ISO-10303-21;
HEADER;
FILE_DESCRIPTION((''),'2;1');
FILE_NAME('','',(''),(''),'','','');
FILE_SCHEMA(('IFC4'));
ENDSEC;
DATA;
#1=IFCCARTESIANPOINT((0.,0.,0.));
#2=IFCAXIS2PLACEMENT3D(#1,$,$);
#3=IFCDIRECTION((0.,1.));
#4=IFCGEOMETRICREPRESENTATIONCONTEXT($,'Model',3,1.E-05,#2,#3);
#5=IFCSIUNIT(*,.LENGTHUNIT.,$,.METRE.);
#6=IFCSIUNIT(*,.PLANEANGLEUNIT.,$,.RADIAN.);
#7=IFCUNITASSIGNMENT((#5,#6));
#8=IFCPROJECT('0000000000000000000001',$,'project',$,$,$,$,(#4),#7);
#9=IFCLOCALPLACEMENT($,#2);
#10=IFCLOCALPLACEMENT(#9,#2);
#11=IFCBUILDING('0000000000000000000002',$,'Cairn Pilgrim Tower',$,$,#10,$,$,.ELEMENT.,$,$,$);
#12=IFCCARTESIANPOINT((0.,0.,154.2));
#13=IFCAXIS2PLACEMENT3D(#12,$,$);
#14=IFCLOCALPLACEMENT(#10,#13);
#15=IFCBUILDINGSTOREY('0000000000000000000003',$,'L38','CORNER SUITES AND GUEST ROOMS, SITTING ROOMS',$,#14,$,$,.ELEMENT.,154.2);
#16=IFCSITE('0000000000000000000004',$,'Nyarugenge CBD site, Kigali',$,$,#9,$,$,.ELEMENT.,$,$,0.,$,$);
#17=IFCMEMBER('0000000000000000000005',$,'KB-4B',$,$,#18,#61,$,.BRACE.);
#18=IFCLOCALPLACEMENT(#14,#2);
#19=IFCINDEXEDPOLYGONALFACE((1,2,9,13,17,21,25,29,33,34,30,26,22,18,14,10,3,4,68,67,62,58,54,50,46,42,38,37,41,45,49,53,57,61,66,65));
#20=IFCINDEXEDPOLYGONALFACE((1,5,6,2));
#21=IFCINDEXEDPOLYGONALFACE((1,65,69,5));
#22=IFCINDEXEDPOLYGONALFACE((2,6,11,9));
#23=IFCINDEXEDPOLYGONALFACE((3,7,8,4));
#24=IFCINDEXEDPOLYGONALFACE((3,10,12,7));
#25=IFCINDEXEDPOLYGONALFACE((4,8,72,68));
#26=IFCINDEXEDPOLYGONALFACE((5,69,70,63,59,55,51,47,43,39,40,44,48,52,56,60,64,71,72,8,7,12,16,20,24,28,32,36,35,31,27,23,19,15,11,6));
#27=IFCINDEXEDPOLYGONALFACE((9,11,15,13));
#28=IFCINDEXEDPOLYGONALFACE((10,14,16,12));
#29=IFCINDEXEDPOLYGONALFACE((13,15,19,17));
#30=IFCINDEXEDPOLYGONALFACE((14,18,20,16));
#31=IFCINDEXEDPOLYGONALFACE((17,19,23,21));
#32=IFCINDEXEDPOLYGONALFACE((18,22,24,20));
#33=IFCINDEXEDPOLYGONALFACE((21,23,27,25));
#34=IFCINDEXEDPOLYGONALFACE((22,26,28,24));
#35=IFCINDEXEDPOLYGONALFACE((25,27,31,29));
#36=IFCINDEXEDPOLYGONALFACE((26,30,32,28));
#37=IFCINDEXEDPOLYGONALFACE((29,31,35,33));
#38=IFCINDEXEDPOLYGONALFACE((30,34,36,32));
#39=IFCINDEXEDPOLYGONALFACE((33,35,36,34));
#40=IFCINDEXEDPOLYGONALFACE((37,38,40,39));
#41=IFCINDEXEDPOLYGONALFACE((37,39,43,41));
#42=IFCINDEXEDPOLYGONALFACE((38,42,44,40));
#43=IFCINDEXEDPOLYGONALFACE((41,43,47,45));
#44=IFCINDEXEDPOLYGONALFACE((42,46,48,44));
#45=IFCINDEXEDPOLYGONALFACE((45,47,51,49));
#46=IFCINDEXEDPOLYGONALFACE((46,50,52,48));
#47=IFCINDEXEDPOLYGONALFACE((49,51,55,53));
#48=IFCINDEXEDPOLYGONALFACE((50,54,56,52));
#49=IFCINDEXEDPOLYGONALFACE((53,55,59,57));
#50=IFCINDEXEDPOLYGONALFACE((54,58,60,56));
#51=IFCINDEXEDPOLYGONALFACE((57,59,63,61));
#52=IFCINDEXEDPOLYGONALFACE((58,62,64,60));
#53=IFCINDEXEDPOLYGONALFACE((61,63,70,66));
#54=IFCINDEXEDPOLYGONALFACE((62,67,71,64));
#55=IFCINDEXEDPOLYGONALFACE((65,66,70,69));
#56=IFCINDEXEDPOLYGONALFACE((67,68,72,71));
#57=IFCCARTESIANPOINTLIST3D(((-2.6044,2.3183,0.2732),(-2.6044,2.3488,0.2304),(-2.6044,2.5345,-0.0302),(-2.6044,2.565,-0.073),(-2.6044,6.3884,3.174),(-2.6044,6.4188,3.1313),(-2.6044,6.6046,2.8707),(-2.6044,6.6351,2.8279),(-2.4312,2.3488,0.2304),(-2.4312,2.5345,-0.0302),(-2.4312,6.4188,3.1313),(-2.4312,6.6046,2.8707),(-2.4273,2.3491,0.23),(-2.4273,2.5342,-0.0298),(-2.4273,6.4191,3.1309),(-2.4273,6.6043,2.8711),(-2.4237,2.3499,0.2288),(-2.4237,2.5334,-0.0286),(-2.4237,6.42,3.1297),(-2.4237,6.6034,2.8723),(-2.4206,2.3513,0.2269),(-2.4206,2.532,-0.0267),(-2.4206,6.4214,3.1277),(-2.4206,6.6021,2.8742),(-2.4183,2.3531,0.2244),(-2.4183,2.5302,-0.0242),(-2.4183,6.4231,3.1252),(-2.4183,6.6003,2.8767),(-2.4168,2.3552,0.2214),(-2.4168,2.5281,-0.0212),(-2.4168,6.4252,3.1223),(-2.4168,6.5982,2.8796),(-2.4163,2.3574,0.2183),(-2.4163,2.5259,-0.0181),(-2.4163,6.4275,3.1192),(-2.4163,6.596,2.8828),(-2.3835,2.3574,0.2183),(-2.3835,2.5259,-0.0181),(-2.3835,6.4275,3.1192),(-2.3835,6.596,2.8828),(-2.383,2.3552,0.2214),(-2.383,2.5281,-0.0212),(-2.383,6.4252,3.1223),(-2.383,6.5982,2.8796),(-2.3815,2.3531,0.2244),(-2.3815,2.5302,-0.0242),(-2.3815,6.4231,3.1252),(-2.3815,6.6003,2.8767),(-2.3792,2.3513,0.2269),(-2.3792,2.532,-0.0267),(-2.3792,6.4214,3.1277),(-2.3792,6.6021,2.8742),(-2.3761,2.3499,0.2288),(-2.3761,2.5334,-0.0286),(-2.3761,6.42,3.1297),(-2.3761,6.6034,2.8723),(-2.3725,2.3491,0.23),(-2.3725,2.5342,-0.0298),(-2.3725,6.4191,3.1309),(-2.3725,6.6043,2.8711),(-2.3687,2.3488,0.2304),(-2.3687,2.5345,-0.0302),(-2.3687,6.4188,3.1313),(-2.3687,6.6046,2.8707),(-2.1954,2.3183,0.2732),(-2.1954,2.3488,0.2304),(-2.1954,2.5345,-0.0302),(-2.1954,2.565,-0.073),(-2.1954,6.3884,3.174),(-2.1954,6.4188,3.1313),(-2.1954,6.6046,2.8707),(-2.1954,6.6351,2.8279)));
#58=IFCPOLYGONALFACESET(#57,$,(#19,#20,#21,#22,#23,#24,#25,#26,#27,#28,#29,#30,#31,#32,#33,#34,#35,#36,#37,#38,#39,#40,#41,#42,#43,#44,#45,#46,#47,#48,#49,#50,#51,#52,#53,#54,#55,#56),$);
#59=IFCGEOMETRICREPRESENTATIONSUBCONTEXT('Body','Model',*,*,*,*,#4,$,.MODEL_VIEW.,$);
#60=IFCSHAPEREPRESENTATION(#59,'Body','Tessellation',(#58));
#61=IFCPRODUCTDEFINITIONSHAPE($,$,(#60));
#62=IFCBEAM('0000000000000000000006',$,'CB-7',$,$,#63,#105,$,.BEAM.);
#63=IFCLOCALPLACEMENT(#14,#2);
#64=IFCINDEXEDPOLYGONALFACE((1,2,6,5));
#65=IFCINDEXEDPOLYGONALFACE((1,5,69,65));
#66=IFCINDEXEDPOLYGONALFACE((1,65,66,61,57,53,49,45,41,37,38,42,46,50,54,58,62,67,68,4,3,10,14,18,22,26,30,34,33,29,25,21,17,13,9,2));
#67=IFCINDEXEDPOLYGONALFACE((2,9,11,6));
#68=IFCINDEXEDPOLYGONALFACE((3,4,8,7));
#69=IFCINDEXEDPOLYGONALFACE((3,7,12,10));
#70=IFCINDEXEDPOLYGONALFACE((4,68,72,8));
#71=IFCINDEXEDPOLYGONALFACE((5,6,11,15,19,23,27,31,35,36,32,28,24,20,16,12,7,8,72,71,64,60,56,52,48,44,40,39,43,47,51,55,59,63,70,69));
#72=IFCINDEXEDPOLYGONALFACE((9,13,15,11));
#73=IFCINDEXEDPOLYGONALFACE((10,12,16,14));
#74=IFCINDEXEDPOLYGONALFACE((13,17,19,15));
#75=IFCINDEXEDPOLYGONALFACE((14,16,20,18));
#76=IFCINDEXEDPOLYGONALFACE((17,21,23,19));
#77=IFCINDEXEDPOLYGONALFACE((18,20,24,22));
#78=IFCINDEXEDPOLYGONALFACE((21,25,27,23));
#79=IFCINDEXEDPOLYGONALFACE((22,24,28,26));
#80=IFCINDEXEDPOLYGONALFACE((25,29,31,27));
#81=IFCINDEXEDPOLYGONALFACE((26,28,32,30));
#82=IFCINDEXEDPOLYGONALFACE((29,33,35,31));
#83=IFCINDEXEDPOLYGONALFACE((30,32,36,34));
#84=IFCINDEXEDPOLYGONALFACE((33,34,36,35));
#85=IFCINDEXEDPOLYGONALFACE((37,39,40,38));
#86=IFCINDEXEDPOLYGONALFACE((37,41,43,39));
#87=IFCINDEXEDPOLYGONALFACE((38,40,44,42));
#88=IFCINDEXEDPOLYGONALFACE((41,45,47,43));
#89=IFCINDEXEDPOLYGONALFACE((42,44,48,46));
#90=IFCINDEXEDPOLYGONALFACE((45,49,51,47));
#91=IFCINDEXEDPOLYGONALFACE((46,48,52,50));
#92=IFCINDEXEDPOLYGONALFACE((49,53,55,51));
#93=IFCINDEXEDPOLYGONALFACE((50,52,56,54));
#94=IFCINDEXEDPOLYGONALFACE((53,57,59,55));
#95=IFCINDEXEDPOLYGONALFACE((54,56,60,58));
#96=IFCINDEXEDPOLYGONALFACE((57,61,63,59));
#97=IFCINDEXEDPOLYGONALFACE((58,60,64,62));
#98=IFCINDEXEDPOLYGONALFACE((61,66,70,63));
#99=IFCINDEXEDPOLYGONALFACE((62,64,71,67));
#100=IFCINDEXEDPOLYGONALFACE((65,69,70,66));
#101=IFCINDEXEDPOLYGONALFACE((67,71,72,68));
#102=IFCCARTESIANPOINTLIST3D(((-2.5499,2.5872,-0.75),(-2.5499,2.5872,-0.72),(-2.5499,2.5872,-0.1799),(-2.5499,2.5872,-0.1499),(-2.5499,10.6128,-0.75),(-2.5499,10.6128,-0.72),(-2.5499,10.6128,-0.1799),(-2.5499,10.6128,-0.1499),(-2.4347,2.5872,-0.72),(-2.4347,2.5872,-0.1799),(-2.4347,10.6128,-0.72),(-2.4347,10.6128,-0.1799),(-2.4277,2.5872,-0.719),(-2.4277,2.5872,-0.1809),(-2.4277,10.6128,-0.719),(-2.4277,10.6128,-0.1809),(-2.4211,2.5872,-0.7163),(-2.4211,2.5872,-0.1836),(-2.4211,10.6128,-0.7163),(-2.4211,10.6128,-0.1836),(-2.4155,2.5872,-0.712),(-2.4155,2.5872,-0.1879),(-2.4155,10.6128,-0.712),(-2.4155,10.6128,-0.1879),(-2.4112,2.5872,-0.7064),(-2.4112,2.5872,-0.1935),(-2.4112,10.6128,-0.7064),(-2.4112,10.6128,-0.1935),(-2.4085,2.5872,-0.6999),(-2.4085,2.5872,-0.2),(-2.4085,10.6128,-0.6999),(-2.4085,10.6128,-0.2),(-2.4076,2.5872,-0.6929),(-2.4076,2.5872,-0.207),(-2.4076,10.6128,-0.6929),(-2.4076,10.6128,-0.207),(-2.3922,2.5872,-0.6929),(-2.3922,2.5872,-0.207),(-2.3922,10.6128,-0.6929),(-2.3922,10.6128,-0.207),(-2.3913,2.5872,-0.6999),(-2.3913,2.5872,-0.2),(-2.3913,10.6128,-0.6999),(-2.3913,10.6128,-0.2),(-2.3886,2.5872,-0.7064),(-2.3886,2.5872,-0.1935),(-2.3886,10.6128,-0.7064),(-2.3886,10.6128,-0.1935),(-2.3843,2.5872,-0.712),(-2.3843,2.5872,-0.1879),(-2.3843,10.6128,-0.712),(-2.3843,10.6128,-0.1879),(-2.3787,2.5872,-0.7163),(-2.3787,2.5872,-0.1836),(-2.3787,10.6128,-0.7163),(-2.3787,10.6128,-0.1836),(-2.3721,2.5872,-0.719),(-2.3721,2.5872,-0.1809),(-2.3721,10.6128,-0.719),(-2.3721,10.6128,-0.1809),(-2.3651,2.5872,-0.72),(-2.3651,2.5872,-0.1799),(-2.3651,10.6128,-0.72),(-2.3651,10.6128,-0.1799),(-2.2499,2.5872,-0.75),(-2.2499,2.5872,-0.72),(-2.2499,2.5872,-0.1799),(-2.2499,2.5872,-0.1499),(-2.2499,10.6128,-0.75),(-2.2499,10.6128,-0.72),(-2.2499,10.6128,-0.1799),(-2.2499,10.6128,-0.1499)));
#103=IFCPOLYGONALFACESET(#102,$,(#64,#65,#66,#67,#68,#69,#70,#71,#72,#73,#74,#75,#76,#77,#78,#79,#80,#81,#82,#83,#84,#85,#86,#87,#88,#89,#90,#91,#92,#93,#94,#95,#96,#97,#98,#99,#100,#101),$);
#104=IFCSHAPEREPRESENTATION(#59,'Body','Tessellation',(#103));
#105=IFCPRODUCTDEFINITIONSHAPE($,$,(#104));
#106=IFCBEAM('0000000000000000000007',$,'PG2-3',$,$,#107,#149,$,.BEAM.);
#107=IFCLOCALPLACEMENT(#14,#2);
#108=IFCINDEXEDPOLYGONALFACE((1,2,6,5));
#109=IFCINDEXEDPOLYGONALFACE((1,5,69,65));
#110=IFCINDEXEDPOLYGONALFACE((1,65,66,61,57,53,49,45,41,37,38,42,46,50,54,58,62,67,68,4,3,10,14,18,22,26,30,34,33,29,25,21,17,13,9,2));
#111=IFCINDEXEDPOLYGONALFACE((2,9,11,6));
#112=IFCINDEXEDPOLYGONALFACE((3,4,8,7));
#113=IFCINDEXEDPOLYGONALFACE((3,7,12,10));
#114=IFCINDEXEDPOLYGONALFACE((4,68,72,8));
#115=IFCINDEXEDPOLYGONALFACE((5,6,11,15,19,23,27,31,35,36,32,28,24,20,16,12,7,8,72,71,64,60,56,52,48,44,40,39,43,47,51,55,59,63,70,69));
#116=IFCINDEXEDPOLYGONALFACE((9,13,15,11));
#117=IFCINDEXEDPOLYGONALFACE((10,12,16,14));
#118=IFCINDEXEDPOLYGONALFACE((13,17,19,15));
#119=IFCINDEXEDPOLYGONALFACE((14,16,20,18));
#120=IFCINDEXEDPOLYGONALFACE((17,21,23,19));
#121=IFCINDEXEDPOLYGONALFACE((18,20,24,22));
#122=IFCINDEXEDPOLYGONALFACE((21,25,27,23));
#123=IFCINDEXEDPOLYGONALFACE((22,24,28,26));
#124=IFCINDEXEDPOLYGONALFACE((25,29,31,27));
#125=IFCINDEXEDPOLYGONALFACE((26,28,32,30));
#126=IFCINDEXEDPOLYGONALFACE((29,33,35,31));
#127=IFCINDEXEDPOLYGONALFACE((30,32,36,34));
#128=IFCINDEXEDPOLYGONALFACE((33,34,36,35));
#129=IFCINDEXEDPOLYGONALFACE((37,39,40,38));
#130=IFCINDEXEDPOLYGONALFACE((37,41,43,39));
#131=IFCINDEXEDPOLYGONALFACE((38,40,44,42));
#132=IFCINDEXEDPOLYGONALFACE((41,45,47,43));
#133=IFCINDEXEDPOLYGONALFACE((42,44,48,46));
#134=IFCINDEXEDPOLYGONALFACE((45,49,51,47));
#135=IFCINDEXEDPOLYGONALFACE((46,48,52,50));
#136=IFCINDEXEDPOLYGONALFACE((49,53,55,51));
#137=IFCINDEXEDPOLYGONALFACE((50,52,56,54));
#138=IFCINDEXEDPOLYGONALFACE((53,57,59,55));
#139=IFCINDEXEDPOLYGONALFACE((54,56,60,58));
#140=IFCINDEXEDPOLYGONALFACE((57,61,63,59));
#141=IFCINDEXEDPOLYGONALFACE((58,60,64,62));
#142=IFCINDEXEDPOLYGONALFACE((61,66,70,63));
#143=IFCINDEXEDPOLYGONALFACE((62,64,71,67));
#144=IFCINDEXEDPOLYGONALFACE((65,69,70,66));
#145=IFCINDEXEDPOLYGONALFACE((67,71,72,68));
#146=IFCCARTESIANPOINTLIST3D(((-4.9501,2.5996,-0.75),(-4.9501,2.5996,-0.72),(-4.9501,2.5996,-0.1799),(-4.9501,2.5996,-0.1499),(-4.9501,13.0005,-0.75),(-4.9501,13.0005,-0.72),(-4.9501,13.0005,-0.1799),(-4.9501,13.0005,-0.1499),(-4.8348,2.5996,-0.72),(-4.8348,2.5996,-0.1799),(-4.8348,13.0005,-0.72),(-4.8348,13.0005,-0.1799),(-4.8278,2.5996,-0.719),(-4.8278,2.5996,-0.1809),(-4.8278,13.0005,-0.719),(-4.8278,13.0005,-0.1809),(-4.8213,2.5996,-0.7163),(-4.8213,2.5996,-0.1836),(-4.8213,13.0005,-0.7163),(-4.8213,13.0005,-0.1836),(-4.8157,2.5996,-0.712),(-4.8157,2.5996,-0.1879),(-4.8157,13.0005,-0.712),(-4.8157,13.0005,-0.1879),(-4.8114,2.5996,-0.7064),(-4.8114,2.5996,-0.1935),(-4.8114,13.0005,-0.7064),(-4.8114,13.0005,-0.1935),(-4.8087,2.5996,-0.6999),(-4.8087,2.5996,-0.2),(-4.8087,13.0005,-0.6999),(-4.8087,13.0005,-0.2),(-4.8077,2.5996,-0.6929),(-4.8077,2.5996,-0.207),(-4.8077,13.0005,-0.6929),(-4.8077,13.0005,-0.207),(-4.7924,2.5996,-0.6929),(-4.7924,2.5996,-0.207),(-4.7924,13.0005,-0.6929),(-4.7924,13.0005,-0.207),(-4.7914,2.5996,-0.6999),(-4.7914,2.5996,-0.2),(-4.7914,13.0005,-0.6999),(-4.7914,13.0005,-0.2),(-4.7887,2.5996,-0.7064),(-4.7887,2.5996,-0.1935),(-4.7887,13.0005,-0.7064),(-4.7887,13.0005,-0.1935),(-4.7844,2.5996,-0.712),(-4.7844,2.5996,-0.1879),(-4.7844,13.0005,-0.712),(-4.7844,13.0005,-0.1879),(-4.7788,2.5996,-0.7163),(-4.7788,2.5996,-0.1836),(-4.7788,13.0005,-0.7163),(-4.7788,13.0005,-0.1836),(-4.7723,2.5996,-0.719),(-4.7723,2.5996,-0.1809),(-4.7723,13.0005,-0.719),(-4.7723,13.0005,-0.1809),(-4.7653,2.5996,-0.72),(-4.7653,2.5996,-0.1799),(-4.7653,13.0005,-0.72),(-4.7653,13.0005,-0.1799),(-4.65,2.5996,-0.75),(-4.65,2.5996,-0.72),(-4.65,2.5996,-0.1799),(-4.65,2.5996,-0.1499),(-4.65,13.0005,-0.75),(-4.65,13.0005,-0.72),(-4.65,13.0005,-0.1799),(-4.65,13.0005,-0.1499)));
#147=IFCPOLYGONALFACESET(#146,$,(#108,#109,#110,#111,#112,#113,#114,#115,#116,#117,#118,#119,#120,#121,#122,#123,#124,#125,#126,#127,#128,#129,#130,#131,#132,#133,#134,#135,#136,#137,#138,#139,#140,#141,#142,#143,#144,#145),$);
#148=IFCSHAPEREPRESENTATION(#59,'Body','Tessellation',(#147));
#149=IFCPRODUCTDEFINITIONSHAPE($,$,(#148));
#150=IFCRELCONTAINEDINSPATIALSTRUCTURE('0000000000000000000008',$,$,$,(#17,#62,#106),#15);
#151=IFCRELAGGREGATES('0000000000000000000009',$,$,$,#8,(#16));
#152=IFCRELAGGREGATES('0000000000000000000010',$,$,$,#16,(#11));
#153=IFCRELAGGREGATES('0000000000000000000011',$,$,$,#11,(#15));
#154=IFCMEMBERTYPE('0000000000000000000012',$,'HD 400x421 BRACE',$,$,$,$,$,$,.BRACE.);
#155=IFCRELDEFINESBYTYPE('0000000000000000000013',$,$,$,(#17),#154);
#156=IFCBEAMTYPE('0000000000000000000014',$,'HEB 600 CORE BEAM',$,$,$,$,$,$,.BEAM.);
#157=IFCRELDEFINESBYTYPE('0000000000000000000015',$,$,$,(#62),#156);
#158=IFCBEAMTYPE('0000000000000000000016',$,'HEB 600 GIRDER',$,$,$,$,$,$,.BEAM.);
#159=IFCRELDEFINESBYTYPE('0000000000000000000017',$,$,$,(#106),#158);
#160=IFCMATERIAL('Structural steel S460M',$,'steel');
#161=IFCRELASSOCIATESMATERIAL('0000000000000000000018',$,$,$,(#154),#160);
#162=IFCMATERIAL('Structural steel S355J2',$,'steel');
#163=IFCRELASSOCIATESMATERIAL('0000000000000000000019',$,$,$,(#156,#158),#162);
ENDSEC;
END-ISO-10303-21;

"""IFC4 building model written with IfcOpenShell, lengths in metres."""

from ifc_helpers import new_model, si_unit, direction, frame, origin, origin_2d, place, context, subcontext, project, spatial, i_section, extrude, material, material_profile, profile_set, type_object, element, save


model = new_model("IFC4")

# Units and contexts
model_context = context("Model", 3, precision=1e-05, world=origin(), true_north=direction((0.0, 1.0)))
body_context = subcontext(model_context, "Body", "Model", "MODEL_VIEW")
ifc_project = project(units=[si_unit("LENGTHUNIT", "METRE"), si_unit("PLANEANGLEUNIT", "RADIAN")], contexts=[model_context])

# Site, building, storey
site_placement = place(None, origin())
site = spatial("IfcSite", under=ifc_project, at=site_placement, Name="Nyarugenge CBD site, Kigali", CompositionType="ELEMENT", RefElevation=0.0)
building_placement = place(site_placement, origin())
building = spatial("IfcBuilding", under=site, at=building_placement, Name="Cairn Pilgrim Tower", CompositionType="ELEMENT")
storey_placement = place(building_placement, frame((0.0, 0.0, 154.2)))
storey = spatial("IfcBuildingStorey", under=building, at=storey_placement, Name="L38", Description="CORNER SUITES AND GUEST ROOMS, SITTING ROOMS", CompositionType="ELEMENT", Elevation=154.2)

# Shared definitions
ifc_material_1 = material(Name="Structural steel S355J2", Category="steel")
ifc_material_2 = material(Name="Structural steel S460M", Category="steel")

# Member
ifc_material_profile_1 = material_profile(ifc_material_2, i_section(OverallWidth=0.4089, OverallDepth=0.425, WebThickness=0.0327, FlangeThickness=0.0525, FilletRadius=0.0149, at=origin_2d()), Name="HD 400x421")
ifc_profile_set_1 = profile_set([ifc_material_profile_1], Name="Structural steel S460M")
member_type = type_object("IfcMemberType", Name="HD 400x421 BRACE", PredefinedType="BRACE", material=ifc_profile_set_1)
for number, where, z_axis, x_axis, name in (
    (1, (-2.3999, 2.4417, 0.1001), (0.0, 0.81433, 0.580402), (-1.0, 0.0, 0.0), "KB-4B"),
):
    element("IfcMember", number, at=place(storey_placement, frame(where, z_axis=z_axis, x_axis=x_axis)), inside=storey, type_object=member_type, Name=name, PredefinedType="BRACE", context=body_context, shape_type="SweptSolid", body=[
        extrude(i_section(OverallWidth=0.4089, OverallDepth=0.425, WebThickness=0.0327, FlangeThickness=0.0525, FilletRadius=0.0149, at=origin_2d()), origin(), (0.0, 0.0, 1.0), 4.998),
    ])

# Beams
ifc_material_profile_2 = material_profile(ifc_material_1, i_section(OverallWidth=0.3, OverallDepth=0.6001, WebThickness=0.0154, FlangeThickness=0.03, FilletRadius=0.0271, at=origin_2d()), Name="HEB 600")
ifc_profile_set_2 = profile_set([ifc_material_profile_2], Name="Structural steel S355J2")
beam_type_1 = type_object("IfcBeamType", Name="HEB 600 CORE BEAM", PredefinedType="BEAM", material=ifc_profile_set_2)
beam_1_placement = place(storey_placement, frame((-2.3999, 10.6128, -0.45), z_axis=(0.0, -1.0, 0.0), x_axis=(1.0, 0.0, 0.0)))
element("IfcBeam", 2, at=beam_1_placement, inside=storey, type_object=beam_type_1, Name="CB-7", PredefinedType="BEAM", context=body_context, shape_type="SweptSolid", body=[
    extrude(i_section(OverallWidth=0.3, OverallDepth=0.6001, WebThickness=0.0154, FlangeThickness=0.03, FilletRadius=0.0271, at=origin_2d()), origin(), (0.0, 0.0, 1.0), 8.0256),
])
ifc_material_profile_3 = material_profile(ifc_material_1, i_section(OverallWidth=0.3, OverallDepth=0.6001, WebThickness=0.0154, FlangeThickness=0.03, FilletRadius=0.0271, at=origin_2d()), Name="HEB 600")
ifc_profile_set_3 = profile_set([ifc_material_profile_3], Name="Structural steel S355J2")
beam_type_2 = type_object("IfcBeamType", Name="HEB 600 GIRDER", PredefinedType="BEAM", material=ifc_profile_set_3)
beam_2_placement = place(storey_placement, frame((-4.8, 2.5996, -0.45), z_axis=(0.0, 1.0, 0.0), x_axis=(-1.0, 0.0, 0.0)))
element("IfcBeam", 3, at=beam_2_placement, inside=storey, type_object=beam_type_2, Name="PG2-3", PredefinedType="BEAM", context=body_context, shape_type="SweptSolid", body=[
    extrude(i_section(OverallWidth=0.3, OverallDepth=0.6001, WebThickness=0.0154, FlangeThickness=0.03, FilletRadius=0.0271, at=origin_2d()), origin(), (0.0, 0.0, 1.0), 10.4009),
])

save(model, "model.ifc")
